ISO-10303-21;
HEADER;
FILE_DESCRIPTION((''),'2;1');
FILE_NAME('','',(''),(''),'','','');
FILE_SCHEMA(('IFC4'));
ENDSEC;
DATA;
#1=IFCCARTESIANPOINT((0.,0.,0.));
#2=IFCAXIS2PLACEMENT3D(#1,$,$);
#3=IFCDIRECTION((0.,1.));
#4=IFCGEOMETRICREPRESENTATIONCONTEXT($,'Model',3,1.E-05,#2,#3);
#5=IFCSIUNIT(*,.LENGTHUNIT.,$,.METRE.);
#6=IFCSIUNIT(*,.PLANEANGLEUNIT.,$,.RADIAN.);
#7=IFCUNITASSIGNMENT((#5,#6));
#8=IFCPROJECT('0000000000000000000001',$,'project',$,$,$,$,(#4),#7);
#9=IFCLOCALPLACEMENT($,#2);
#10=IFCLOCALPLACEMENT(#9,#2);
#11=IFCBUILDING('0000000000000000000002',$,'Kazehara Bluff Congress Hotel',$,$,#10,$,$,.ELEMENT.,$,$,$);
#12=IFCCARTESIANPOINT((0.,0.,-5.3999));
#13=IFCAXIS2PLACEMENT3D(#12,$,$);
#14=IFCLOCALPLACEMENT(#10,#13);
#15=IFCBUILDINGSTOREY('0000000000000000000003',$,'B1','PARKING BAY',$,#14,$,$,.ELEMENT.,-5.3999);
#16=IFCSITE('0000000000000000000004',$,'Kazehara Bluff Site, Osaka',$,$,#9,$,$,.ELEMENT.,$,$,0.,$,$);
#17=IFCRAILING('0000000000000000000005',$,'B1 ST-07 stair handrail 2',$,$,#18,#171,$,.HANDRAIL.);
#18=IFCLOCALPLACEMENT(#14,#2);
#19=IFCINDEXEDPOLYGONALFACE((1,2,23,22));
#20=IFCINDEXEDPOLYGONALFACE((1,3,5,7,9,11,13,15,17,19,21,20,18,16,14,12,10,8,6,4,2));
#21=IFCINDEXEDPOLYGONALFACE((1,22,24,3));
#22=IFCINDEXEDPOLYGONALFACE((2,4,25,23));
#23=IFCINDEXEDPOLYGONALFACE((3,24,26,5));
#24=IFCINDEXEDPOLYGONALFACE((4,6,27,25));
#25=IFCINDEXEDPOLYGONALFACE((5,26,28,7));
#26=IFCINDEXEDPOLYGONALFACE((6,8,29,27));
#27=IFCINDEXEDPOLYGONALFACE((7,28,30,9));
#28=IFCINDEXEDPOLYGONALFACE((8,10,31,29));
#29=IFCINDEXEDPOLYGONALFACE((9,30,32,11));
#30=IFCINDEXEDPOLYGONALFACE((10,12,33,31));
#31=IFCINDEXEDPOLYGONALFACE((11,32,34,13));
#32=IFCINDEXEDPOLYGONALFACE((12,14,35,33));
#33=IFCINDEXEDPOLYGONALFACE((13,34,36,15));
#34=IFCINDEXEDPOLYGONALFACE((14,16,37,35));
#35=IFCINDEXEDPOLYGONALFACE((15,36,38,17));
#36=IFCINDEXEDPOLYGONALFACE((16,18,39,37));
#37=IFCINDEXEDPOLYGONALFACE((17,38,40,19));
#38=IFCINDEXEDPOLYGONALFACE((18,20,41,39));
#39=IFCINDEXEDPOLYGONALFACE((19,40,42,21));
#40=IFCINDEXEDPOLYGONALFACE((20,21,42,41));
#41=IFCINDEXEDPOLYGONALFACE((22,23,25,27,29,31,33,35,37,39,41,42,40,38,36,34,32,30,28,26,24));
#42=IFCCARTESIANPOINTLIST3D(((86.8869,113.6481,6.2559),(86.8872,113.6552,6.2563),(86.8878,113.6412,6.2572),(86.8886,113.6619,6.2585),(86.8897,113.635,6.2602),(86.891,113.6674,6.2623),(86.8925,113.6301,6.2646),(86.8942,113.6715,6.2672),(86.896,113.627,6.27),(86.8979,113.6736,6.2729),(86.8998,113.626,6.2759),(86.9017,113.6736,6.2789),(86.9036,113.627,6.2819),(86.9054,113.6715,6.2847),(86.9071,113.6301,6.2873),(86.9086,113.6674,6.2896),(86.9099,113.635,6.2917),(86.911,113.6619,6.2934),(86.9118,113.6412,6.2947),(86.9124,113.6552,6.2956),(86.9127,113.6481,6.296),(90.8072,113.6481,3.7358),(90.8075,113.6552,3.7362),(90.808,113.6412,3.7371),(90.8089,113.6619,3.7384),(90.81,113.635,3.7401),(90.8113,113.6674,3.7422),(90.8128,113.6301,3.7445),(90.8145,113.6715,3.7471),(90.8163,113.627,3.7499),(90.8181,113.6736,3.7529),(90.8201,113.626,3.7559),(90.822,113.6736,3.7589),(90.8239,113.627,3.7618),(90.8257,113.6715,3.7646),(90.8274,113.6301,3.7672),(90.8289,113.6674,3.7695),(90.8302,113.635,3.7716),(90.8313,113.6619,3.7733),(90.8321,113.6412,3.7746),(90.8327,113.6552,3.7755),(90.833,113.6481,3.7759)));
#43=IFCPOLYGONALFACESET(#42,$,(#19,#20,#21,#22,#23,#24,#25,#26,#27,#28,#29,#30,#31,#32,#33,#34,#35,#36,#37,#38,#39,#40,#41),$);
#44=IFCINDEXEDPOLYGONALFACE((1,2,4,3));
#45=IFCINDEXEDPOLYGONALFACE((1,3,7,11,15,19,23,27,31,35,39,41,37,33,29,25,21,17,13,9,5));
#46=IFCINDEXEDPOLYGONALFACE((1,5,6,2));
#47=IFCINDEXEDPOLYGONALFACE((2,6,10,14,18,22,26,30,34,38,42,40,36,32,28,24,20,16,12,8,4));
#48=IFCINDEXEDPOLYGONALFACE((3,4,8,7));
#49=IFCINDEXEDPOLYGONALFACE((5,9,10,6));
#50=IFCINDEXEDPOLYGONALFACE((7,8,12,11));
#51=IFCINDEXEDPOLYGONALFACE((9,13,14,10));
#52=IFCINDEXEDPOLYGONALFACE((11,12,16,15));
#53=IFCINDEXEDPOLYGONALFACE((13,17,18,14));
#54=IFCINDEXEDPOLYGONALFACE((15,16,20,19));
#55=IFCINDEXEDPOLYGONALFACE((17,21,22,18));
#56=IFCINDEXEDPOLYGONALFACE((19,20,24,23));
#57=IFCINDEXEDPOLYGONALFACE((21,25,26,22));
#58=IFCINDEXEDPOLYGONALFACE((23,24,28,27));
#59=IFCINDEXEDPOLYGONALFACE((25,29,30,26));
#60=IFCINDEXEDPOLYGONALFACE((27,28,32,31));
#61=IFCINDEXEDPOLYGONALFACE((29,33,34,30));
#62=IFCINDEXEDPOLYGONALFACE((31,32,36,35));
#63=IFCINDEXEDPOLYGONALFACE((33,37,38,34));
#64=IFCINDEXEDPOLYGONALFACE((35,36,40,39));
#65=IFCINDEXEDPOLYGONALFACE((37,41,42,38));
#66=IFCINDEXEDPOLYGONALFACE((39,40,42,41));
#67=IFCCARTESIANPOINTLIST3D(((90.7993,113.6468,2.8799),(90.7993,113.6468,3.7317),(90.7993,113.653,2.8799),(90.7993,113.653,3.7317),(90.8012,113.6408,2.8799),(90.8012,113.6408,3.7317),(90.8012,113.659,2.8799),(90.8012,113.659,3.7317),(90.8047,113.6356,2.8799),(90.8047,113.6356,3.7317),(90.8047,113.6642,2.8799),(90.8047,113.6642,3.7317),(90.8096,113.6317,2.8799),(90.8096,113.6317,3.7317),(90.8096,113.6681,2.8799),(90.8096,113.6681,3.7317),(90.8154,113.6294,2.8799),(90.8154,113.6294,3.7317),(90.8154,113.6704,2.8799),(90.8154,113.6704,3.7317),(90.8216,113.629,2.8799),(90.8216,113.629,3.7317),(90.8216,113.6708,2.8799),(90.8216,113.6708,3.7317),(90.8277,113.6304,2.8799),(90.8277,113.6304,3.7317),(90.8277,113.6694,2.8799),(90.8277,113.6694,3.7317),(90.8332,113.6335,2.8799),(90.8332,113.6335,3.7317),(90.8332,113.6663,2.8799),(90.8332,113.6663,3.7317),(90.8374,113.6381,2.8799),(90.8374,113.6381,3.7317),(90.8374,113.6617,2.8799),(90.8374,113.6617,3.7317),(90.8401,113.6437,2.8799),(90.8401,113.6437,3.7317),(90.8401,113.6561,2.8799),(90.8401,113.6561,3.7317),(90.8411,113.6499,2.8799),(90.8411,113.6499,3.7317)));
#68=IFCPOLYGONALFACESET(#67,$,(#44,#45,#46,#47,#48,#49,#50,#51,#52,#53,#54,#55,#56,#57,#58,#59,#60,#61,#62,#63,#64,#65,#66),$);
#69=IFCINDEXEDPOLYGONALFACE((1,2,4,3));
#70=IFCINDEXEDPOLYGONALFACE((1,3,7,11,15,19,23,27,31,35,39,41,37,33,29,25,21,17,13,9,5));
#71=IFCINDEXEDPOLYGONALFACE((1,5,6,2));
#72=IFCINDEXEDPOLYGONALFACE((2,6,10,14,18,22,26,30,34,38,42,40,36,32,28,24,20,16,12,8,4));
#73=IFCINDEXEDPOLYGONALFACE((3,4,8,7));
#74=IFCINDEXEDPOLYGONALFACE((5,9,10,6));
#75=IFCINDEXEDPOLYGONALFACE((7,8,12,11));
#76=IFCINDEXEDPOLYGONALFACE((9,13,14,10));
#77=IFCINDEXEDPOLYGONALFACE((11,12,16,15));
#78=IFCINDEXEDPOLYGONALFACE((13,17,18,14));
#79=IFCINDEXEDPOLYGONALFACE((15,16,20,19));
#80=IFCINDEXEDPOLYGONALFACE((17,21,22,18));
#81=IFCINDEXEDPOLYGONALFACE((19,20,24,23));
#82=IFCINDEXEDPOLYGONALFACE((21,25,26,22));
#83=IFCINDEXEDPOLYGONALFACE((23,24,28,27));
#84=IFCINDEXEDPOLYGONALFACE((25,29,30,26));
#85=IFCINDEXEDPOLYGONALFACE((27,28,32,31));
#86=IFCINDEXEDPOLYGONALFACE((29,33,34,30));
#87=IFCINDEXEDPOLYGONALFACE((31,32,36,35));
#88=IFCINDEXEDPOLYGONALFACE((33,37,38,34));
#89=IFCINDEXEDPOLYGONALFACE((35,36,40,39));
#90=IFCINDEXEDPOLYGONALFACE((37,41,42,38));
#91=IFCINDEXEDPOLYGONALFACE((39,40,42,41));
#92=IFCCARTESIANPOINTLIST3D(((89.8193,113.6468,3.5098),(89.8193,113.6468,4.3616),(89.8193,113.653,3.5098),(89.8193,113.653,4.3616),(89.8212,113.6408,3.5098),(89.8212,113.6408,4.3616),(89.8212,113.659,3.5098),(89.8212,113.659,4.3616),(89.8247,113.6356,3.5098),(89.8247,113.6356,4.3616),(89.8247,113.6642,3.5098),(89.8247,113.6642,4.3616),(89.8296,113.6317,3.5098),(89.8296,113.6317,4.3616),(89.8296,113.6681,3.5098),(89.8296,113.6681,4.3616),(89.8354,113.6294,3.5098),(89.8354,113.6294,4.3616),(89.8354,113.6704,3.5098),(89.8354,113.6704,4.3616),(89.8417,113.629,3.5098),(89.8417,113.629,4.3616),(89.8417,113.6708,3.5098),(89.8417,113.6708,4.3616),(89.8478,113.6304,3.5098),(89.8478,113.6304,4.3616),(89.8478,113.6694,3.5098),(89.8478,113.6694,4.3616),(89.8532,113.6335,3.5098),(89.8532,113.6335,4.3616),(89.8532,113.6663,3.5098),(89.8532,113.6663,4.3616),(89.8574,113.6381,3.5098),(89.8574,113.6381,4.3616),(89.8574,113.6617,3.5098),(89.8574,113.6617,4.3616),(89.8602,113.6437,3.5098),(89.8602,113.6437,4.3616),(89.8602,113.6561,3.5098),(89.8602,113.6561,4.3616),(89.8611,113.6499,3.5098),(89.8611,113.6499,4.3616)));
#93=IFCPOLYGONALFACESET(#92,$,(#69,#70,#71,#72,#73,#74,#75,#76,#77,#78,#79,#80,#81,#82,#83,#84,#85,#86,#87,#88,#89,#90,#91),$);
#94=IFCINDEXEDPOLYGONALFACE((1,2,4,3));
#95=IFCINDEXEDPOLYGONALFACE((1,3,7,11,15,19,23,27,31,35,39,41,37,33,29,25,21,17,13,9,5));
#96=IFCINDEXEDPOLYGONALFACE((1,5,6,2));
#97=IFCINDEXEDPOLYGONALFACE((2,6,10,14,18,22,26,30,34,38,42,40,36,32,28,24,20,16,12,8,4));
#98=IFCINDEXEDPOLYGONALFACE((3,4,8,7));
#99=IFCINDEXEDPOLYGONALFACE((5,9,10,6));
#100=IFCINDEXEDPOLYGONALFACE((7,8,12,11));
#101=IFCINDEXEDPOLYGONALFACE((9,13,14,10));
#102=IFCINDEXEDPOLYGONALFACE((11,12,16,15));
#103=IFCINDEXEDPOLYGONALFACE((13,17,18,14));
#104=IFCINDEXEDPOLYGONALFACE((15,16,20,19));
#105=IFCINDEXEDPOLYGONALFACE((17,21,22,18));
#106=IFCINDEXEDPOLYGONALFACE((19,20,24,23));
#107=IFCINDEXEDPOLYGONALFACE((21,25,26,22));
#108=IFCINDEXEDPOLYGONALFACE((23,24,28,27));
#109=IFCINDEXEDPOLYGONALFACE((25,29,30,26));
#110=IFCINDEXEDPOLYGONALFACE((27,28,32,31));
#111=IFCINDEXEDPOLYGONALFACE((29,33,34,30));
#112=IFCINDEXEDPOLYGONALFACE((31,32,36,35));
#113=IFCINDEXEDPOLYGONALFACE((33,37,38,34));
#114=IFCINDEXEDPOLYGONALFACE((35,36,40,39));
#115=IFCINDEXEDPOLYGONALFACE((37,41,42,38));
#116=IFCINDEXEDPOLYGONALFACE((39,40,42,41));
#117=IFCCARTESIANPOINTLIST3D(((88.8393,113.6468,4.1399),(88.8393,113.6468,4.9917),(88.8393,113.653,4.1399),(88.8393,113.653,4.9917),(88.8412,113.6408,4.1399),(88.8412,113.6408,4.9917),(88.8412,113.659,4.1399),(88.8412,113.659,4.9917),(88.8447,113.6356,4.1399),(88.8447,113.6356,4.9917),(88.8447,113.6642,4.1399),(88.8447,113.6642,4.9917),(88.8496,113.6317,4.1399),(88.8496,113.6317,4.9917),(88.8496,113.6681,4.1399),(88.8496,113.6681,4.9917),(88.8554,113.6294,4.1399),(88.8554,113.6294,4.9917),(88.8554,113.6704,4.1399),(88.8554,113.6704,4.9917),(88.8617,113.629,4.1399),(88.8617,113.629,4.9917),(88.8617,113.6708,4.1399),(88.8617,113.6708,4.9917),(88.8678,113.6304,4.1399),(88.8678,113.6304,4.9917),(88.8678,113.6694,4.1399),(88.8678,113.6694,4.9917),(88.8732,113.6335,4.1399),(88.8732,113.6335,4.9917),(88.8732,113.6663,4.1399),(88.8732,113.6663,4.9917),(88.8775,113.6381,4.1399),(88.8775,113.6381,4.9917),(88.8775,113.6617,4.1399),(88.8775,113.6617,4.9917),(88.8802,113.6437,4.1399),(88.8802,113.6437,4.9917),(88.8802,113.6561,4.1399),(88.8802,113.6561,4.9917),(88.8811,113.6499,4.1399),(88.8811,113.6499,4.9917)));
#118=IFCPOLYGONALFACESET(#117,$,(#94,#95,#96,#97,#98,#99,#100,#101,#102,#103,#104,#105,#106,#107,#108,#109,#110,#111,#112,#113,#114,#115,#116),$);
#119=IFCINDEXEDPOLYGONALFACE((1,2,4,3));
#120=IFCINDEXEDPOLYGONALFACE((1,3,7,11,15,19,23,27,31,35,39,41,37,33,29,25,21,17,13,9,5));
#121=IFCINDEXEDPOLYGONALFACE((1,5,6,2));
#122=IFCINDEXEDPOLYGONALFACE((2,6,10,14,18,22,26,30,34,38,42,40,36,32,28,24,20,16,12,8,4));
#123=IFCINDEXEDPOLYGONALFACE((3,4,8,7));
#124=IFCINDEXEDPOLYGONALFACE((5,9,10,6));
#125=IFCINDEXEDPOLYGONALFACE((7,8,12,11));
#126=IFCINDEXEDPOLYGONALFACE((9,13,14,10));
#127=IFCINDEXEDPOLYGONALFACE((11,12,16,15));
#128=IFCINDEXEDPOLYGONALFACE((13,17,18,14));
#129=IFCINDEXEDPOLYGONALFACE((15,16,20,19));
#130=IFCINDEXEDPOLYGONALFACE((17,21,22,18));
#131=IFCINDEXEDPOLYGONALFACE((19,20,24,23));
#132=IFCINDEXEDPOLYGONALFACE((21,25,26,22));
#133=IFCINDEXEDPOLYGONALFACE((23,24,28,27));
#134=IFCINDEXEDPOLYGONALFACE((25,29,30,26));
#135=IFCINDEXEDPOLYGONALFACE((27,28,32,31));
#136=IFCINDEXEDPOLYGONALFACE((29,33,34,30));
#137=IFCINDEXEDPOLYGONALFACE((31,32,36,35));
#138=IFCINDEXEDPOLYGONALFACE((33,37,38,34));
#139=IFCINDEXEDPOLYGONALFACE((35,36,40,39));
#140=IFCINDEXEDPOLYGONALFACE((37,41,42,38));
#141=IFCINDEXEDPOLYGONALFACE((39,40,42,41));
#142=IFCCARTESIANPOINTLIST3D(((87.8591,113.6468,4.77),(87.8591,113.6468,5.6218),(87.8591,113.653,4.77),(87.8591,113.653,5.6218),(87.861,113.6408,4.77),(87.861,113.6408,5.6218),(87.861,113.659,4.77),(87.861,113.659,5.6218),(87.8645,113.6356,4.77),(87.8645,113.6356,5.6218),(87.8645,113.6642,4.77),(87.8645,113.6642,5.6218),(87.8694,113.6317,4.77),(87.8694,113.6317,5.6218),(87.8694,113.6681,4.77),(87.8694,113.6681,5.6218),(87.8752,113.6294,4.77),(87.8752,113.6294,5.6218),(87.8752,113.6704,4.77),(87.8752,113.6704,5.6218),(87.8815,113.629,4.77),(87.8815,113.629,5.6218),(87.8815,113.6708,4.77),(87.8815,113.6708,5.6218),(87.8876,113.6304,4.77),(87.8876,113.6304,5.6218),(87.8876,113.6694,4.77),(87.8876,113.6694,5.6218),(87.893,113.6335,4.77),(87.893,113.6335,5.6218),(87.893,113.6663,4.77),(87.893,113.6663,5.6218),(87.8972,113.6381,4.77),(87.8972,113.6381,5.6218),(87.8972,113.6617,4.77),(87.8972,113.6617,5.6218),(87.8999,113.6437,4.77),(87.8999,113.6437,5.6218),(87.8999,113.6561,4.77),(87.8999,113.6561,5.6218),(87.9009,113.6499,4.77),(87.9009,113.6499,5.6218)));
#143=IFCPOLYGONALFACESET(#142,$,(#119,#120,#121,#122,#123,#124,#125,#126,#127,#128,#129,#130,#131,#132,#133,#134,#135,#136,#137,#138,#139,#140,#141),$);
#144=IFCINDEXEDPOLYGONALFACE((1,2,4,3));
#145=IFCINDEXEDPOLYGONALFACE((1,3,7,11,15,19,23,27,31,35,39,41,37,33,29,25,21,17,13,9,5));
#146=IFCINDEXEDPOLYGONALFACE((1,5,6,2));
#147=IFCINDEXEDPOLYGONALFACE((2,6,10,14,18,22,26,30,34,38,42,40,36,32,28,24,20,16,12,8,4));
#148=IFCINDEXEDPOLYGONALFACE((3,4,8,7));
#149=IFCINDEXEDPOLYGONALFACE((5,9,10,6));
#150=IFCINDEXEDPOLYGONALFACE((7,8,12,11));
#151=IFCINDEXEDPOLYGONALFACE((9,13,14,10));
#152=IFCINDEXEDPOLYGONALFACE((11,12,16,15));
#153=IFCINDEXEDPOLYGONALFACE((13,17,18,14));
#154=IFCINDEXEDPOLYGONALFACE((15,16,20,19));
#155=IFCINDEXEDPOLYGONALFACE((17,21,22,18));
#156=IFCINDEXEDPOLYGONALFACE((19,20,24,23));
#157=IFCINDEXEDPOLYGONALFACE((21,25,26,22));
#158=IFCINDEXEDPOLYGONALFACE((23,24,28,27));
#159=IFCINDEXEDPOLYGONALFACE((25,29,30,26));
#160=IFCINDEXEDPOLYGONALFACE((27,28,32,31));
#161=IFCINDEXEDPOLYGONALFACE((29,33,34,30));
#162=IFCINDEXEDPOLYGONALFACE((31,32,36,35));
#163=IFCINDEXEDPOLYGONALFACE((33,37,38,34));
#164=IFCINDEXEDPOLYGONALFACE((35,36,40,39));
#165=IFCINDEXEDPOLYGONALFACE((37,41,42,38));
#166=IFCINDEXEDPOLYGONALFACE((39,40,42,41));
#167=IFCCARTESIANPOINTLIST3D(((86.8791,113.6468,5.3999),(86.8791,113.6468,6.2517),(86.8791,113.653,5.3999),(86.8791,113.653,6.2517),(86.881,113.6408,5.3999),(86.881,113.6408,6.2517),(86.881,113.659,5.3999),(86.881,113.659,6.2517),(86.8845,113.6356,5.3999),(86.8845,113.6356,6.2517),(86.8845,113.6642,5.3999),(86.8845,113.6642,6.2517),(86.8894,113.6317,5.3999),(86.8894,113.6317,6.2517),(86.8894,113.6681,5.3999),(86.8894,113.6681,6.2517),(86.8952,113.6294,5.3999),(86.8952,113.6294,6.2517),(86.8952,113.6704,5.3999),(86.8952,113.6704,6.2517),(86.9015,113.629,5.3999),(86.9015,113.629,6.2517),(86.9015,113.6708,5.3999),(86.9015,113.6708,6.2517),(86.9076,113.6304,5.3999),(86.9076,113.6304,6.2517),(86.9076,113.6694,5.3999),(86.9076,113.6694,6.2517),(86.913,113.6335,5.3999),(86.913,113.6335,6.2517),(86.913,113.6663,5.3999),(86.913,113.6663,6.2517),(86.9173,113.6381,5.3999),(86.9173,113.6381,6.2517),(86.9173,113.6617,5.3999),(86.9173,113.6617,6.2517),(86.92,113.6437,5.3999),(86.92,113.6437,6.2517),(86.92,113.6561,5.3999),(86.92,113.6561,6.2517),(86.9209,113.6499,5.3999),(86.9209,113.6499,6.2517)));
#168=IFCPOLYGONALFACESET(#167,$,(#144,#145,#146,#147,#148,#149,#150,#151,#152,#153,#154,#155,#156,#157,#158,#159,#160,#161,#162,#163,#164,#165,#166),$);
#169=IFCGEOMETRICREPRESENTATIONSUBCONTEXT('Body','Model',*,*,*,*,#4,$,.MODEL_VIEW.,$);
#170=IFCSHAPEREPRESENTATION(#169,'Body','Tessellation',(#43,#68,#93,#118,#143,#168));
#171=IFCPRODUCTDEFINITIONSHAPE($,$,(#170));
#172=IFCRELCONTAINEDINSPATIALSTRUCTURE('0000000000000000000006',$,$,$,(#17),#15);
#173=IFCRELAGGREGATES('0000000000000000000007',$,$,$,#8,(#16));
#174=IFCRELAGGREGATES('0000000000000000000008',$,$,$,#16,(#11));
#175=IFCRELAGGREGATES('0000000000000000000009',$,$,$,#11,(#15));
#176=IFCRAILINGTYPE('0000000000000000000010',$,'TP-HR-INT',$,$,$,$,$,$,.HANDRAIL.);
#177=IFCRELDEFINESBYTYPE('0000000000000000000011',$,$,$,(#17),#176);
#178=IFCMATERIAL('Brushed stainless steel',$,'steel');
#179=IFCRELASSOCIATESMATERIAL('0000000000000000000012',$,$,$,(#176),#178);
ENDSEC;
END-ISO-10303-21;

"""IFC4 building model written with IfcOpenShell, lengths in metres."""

from ifc_helpers import new_model, si_unit, direction, frame, origin, origin_2d, place, context, subcontext, project, spatial, circle, extrude, material, type_object, element, save


model = new_model("IFC4")

# Units and contexts
model_context = context("Model", 3, precision=1e-05, world=origin(), true_north=direction((0.0, 1.0)))
body_context = subcontext(model_context, "Body", "Model", "MODEL_VIEW")
ifc_project = project(units=[si_unit("LENGTHUNIT", "METRE"), si_unit("PLANEANGLEUNIT", "RADIAN")], contexts=[model_context])

# Site, building, storey
site_placement = place(None, origin())
site = spatial("IfcSite", under=ifc_project, at=site_placement, Name="Kazehara Bluff Site, Osaka", CompositionType="ELEMENT", RefElevation=0.0)
building_placement = place(site_placement, origin())
building = spatial("IfcBuilding", under=site, at=building_placement, Name="Kazehara Bluff Congress Hotel", CompositionType="ELEMENT")
storey_placement = place(building_placement, frame((0.0, 0.0, -5.3999)))
storey = spatial("IfcBuildingStorey", under=building, at=storey_placement, Name="B1", Description="PARKING BAY", CompositionType="ELEMENT", Elevation=-5.3999)

# Railing
ifc_material_1 = material(Name="Brushed stainless steel", Category="steel")
railing_type_1 = type_object("IfcRailingType", Name="TP-HR-INT", PredefinedType="HANDRAIL", material=ifc_material_1)
railing_1_placement = place(storey_placement, frame((90.8201, 113.6499, 2.8799)))
element("IfcRailing", 1, at=railing_1_placement, inside=storey, type_object=railing_type_1, Name="B1 ST-07 stair handrail 2", PredefinedType="HANDRAIL", context=body_context, shape_type="SweptSolid", body=[
    extrude(circle(Radius=0.0239, at=origin_2d()), frame((0.0, 0.0, 0.876), z_axis=(-0.841187, 0.0, 0.540744), x_axis=(0.0, -1.0, 0.0)), (0.0, 0.0, 1.0), 4.6604),
    extrude(circle(Radius=0.021, at=origin_2d()), origin(), (0.0, 0.0, 1.0), 0.8518),
    extrude(circle(Radius=0.021, at=origin_2d()), frame((-0.98, 0.0, 0.6299)), (0.0, 0.0, 1.0), 0.8518),
    extrude(circle(Radius=0.021, at=origin_2d()), frame((-1.96, 0.0, 1.26)), (0.0, 0.0, 1.0), 0.8518),
    extrude(circle(Radius=0.021, at=origin_2d()), frame((-2.9402, 0.0, 1.8901)), (0.0, 0.0, 1.0), 0.8518),
    extrude(circle(Radius=0.021, at=origin_2d()), frame((-3.9202, 0.0, 2.52)), (0.0, 0.0, 1.0), 0.8518),
])

save(model, "model.ifc")
